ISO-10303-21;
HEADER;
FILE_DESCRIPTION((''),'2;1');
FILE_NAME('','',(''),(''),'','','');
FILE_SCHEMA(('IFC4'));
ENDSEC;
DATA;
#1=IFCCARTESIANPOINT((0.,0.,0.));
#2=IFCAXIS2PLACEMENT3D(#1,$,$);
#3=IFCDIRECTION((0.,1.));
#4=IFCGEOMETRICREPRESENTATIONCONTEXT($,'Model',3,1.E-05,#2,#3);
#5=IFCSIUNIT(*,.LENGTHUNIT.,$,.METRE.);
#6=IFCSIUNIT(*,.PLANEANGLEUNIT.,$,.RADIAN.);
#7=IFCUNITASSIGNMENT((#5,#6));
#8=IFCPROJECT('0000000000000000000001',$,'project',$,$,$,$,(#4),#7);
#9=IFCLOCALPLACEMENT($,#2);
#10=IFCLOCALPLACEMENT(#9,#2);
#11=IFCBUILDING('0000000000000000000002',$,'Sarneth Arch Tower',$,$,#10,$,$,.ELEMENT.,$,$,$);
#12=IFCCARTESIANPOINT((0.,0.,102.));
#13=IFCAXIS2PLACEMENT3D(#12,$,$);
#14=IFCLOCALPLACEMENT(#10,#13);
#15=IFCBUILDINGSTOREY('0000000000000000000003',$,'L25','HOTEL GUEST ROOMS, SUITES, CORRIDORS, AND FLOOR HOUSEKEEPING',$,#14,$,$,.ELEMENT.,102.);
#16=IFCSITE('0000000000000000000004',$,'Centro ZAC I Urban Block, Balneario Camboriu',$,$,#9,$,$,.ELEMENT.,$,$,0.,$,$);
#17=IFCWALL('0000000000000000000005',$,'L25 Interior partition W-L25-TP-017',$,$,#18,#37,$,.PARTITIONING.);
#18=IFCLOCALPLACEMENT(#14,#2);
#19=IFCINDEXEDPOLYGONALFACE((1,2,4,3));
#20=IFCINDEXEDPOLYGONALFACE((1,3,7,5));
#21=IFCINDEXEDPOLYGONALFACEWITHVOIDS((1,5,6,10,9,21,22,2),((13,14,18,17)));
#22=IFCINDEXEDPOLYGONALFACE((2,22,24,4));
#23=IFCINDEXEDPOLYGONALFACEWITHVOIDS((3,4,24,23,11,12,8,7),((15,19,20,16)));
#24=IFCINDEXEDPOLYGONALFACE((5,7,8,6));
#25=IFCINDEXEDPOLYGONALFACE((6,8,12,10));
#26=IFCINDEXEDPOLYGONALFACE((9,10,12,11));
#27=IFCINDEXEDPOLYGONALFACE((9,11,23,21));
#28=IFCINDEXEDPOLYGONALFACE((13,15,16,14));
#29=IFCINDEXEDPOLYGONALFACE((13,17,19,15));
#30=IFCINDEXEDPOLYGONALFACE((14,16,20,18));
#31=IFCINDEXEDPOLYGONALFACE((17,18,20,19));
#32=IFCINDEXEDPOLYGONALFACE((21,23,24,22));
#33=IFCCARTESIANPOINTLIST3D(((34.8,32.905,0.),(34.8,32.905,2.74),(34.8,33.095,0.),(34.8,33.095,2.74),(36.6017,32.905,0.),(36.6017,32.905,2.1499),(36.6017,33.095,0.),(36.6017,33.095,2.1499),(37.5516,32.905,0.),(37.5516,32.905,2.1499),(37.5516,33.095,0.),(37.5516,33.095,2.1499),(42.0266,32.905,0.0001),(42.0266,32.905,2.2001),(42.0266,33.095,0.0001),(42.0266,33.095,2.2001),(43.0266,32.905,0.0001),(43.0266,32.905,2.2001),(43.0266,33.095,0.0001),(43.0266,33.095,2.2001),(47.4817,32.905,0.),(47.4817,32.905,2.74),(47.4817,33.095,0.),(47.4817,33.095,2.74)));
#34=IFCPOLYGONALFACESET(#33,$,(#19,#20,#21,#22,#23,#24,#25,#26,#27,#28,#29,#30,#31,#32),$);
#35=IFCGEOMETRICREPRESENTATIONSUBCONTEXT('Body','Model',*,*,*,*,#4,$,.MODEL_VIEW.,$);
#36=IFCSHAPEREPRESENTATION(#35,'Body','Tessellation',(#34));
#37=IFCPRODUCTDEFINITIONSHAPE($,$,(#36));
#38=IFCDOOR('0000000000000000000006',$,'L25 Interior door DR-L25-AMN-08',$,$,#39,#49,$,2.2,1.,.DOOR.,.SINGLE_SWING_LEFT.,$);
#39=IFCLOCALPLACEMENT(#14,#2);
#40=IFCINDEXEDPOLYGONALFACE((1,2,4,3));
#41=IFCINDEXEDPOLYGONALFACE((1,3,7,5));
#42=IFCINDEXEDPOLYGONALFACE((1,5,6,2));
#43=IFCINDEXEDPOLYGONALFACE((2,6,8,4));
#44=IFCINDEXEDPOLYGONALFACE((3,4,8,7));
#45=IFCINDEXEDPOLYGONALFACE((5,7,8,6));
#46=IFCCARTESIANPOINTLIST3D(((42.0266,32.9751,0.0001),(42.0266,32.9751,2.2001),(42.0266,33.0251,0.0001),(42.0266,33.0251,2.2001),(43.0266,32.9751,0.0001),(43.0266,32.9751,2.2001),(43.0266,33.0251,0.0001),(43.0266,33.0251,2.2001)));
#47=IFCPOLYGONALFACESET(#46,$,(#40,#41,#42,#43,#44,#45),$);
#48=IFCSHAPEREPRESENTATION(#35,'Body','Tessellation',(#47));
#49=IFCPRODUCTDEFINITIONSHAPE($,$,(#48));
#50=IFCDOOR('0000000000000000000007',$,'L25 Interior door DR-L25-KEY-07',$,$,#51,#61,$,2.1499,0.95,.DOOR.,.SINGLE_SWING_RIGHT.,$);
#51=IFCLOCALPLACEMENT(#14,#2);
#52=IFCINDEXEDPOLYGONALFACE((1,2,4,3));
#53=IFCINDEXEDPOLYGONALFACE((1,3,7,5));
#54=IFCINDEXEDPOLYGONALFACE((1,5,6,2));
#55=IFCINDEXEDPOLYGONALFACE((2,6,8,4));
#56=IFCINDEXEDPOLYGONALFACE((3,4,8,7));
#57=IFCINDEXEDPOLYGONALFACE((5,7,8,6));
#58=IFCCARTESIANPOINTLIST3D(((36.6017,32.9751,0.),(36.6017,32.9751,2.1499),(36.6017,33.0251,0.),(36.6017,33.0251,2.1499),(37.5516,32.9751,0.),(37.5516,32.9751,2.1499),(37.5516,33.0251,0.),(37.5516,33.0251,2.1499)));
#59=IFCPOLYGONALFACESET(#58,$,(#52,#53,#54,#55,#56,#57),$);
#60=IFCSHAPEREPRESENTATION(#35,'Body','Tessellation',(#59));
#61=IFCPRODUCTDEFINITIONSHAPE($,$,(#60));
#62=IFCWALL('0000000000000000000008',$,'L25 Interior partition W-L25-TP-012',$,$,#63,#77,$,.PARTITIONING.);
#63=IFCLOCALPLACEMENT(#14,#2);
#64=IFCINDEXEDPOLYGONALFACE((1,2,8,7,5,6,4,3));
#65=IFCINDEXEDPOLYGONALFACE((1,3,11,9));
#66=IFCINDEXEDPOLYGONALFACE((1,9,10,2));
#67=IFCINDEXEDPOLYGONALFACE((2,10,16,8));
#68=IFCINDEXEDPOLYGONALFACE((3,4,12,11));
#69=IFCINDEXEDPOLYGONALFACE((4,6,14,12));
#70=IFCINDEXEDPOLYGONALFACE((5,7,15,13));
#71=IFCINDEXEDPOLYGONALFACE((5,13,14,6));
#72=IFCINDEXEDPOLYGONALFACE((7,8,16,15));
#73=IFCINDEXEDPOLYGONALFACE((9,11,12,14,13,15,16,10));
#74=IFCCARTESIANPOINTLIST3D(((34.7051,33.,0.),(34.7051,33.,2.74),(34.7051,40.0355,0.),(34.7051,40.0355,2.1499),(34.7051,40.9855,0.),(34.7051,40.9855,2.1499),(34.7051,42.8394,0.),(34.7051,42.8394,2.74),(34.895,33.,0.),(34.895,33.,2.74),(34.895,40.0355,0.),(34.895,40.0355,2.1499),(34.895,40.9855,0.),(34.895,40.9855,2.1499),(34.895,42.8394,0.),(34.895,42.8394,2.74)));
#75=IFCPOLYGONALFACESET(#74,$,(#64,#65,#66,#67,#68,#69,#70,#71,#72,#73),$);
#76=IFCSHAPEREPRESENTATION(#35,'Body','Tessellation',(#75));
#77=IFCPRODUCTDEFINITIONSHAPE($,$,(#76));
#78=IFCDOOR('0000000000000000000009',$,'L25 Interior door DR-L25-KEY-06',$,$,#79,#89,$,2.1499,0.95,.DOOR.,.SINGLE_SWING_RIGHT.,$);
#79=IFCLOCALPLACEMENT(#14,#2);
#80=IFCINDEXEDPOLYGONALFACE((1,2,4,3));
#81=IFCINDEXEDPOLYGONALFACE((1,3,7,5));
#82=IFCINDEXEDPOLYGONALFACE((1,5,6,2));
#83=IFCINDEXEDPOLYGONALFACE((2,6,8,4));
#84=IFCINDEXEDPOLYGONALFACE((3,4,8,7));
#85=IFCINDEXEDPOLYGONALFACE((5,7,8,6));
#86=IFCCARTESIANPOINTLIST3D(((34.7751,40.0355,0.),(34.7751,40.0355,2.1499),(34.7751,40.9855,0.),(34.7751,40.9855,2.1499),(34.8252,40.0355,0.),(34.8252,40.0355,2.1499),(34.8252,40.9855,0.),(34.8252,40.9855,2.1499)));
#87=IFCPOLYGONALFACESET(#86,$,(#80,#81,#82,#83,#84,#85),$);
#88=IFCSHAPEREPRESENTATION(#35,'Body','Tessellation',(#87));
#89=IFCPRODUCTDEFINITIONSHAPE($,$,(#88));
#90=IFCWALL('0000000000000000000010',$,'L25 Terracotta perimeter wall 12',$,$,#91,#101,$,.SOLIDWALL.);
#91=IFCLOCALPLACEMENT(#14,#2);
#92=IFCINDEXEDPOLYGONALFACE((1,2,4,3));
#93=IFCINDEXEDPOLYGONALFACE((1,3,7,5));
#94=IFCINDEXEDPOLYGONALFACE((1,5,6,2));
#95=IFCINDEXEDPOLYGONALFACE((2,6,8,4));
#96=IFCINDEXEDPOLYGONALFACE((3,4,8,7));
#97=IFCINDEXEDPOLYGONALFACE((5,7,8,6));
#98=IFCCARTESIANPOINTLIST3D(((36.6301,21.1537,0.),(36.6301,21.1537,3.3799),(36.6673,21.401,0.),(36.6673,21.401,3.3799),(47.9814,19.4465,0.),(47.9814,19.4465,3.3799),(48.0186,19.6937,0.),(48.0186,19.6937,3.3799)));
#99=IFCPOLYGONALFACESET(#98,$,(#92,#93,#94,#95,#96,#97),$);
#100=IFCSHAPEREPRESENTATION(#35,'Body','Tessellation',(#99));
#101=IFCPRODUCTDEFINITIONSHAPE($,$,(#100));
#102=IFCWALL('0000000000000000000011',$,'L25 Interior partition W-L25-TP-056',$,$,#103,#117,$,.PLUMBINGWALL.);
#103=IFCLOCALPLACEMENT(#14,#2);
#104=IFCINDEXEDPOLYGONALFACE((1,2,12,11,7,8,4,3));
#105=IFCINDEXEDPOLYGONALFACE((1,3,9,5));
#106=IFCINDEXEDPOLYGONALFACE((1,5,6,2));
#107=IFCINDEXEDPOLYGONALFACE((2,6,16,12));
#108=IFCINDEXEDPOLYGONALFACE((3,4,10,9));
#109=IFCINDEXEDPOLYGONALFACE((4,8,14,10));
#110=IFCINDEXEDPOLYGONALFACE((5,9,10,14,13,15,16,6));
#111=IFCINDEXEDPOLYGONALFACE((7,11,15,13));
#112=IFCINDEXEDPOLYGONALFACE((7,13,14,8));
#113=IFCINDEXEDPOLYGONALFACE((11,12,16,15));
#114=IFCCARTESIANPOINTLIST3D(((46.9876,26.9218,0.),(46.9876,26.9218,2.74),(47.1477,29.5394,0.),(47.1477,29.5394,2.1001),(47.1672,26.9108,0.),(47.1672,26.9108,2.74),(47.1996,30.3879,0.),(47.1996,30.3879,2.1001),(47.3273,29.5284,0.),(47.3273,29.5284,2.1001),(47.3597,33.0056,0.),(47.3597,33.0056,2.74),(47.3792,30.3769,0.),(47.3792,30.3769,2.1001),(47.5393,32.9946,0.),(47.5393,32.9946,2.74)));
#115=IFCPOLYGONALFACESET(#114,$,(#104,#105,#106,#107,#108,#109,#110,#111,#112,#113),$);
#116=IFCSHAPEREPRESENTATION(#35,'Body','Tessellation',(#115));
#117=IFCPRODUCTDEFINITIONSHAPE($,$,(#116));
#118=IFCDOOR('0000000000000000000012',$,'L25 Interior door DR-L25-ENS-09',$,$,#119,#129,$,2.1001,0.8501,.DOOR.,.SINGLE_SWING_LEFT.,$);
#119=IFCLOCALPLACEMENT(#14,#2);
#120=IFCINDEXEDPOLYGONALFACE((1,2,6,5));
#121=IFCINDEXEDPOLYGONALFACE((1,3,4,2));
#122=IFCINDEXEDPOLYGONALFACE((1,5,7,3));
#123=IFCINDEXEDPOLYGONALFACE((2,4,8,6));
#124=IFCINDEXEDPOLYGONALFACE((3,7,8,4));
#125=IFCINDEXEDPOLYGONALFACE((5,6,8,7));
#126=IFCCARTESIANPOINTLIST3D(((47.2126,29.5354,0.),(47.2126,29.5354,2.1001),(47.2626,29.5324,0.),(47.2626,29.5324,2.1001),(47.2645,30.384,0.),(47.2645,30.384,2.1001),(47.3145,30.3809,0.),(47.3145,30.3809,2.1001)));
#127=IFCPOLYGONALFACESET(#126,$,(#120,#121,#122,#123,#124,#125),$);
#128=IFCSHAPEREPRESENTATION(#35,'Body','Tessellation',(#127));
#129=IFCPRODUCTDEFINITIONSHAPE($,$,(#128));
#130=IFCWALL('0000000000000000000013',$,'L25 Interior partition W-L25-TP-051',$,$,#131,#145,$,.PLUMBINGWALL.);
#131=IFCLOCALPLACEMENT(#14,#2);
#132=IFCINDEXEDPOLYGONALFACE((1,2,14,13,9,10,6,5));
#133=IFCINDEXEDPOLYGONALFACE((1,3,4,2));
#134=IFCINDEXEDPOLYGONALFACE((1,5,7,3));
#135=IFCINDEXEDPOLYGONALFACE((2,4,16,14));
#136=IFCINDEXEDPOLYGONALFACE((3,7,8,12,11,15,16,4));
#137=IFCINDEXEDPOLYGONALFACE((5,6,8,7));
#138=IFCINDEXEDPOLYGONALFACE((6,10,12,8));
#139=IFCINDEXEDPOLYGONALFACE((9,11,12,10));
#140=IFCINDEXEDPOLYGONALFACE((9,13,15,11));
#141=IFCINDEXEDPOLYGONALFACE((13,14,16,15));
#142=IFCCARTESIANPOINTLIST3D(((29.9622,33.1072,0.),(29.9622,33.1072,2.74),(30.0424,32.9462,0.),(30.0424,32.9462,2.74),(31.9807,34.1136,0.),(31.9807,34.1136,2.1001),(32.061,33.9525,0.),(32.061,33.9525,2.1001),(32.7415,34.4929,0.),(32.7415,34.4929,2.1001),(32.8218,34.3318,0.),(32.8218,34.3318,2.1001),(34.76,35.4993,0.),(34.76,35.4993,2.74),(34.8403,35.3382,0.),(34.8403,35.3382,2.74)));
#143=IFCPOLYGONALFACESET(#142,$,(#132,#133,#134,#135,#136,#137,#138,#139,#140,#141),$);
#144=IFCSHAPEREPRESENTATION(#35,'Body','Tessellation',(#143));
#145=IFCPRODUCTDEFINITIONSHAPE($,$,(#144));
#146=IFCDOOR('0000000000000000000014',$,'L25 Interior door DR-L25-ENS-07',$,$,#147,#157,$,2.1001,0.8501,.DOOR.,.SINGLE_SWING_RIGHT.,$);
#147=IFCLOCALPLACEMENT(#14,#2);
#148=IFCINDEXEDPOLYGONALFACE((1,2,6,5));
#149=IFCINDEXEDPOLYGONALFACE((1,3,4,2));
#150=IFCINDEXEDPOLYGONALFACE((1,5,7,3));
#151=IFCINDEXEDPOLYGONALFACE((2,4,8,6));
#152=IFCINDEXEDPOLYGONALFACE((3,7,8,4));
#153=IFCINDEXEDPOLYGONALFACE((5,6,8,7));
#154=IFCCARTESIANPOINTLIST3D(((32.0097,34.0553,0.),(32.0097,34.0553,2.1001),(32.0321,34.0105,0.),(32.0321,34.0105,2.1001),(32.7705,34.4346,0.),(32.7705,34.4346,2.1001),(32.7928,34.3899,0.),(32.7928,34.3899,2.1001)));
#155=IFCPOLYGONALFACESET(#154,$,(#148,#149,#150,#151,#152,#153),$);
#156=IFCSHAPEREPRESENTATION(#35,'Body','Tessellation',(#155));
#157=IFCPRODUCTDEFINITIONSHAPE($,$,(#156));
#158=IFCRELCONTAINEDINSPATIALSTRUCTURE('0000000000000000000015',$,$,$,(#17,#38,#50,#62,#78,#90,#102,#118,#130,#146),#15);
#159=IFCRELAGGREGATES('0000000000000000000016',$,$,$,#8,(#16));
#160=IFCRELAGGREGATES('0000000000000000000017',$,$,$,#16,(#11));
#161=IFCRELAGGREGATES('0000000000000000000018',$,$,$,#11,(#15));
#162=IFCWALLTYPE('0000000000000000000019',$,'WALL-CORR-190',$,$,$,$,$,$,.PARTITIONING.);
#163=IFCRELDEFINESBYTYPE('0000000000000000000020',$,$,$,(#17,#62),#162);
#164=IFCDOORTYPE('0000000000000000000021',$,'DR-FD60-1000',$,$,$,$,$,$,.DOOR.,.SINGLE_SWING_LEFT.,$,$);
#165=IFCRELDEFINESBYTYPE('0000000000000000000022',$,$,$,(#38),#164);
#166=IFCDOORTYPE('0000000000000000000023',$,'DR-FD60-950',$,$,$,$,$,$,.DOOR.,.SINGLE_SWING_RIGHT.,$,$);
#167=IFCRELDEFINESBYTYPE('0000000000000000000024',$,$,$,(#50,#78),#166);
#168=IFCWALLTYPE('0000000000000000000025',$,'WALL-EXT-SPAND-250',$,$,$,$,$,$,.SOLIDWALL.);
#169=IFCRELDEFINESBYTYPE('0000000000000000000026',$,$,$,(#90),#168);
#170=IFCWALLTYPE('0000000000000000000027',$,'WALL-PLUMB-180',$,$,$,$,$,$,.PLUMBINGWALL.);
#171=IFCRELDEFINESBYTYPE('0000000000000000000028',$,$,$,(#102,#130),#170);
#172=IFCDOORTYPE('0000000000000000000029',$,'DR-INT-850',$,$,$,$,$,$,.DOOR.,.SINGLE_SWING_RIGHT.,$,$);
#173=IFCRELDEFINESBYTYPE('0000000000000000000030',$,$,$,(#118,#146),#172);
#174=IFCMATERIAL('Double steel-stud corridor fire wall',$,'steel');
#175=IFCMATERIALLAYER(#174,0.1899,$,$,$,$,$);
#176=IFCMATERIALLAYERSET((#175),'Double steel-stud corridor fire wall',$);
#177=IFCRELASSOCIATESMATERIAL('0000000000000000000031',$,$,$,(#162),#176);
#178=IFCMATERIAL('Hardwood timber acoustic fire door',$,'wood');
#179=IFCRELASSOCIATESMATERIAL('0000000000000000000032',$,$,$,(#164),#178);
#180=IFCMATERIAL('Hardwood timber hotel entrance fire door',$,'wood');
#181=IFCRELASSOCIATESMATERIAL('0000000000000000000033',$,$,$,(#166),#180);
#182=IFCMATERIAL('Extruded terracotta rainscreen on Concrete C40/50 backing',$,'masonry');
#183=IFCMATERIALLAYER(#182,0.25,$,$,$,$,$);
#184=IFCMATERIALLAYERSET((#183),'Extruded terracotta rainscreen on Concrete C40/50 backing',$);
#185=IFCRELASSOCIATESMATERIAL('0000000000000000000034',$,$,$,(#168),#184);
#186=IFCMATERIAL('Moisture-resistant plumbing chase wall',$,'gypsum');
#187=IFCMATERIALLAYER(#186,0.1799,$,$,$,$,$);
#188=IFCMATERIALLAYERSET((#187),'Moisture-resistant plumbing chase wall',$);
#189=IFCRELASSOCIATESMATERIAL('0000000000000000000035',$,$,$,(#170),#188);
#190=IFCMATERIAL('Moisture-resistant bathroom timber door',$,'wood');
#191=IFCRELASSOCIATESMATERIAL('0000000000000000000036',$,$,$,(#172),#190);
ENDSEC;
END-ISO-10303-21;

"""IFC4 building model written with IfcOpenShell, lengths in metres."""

from ifc_helpers import new_model, si_unit, direction, frame, frame_2d, origin, place, context, subcontext, project, spatial, rectangle, extrude, material, layer, layer_set, type_object, element, fill, save


model = new_model("IFC4")

# Units and contexts
model_context = context("Model", 3, precision=1e-05, world=origin(), true_north=direction((0.0, 1.0)))
body_context = subcontext(model_context, "Body", "Model", "MODEL_VIEW")
ifc_project = project(units=[si_unit("LENGTHUNIT", "METRE"), si_unit("PLANEANGLEUNIT", "RADIAN")], contexts=[model_context])

# Site, building, storey
site_placement = place(None, origin())
site = spatial("IfcSite", under=ifc_project, at=site_placement, Name="Centro ZAC I Urban Block, Balneario Camboriu", CompositionType="ELEMENT", RefElevation=0.0)
building_placement = place(site_placement, origin())
building = spatial("IfcBuilding", under=site, at=building_placement, Name="Sarneth Arch Tower", CompositionType="ELEMENT")
storey_placement = place(building_placement, frame((0.0, 0.0, 102.0)))
storey = spatial("IfcBuildingStorey", under=building, at=storey_placement, Name="L25", Description="HOTEL GUEST ROOMS, SUITES, CORRIDORS, AND FLOOR HOUSEKEEPING", CompositionType="ELEMENT", Elevation=102.0)

# Wall, openings, doors
ifc_material_1 = material(Name="Double steel-stud corridor fire wall", Category="steel")
ifc_layer_1 = layer(ifc_material_1, 0.1899)
ifc_layer_set_1 = layer_set([ifc_layer_1], Name="Double steel-stud corridor fire wall")
wall_type_1 = type_object("IfcWallType", Name="WALL-CORR-190", PredefinedType="PARTITIONING", material=ifc_layer_set_1)
wall_1_placement = place(storey_placement, frame((47.4817, 33.0, 0.0), z_axis=(0.0, 0.0, 1.0), x_axis=(-1.0, 0.0, 0.0)))
wall_1 = element("IfcWall", 1, at=wall_1_placement, inside=storey, type_object=wall_type_1, Name="L25 Interior partition W-L25-TP-017", PredefinedType="PARTITIONING", context=body_context, shape_type="SweptSolid", body=[
    extrude(rectangle(XDim=12.6816, YDim=0.1899, at=frame_2d((6.3408, 0.0))), origin(), (0.0, 0.0, 1.0), 2.74),
])
opening_1_placement = place(wall_1_placement, frame((4.4551, 0.0, 0.0)))
opening_1 = element("IfcOpeningElement", 2, at=opening_1_placement, cuts=wall_1, PredefinedType="OPENING", context=body_context, shape_type="SweptSolid", body=[
    extrude(rectangle(XDim=1.0, YDim=2.2, at=frame_2d((0.5, 1.1001))), frame((0.0, 0.105, 0.0), z_axis=(0.0, -1.0, 0.0), x_axis=(1.0, 0.0, 0.0)), (0.0, 0.0, 1.0), 0.21),
])
opening_2_placement = place(wall_1_placement, frame((9.9299, 0.0, 0.0)))
opening_2 = element("IfcOpeningElement", 3, at=opening_2_placement, cuts=wall_1, PredefinedType="OPENING", context=body_context, shape_type="SweptSolid", body=[
    extrude(rectangle(XDim=0.95, YDim=2.1499, at=frame_2d((0.4751, 1.075))), frame((0.0, 0.105, 0.0), z_axis=(0.0, -1.0, 0.0), x_axis=(1.0, 0.0, 0.0)), (0.0, 0.0, 1.0), 0.21),
])
ifc_material_2 = material(Name="Hardwood timber acoustic fire door", Category="wood")
door_type_1 = type_object("IfcDoorType", Name="DR-FD60-1000", OperationType="SINGLE_SWING_LEFT", PredefinedType="DOOR", material=ifc_material_2)
door_1_placement = place(opening_1_placement, origin())
door_1 = element("IfcDoor", 4, at=door_1_placement, inside=storey, type_object=door_type_1, Name="L25 Interior door DR-L25-AMN-08", OperationType="SINGLE_SWING_LEFT", OverallHeight=2.2, OverallWidth=1.0, PredefinedType="DOOR", context=body_context, shape_type="SweptSolid", body=[
    extrude(rectangle(XDim=1.0, YDim=2.2, at=frame_2d((0.5, 1.1001))), frame((0.0, 0.0249, 0.0), z_axis=(0.0, -1.0, 0.0), x_axis=(1.0, 0.0, 0.0)), (0.0, 0.0, 1.0), 0.05),
])
fill(opening_1, door_1)
ifc_material_3 = material(Name="Hardwood timber hotel entrance fire door", Category="wood")
door_type_2 = type_object("IfcDoorType", Name="DR-FD60-950", OperationType="SINGLE_SWING_RIGHT", PredefinedType="DOOR", material=ifc_material_3)
door_2_placement = place(opening_2_placement, origin())
door_2 = element("IfcDoor", 5, at=door_2_placement, inside=storey, type_object=door_type_2, Name="L25 Interior door DR-L25-KEY-07", OperationType="SINGLE_SWING_RIGHT", OverallHeight=2.1499, OverallWidth=0.95, PredefinedType="DOOR", context=body_context, shape_type="SweptSolid", body=[
    extrude(rectangle(XDim=0.95, YDim=2.1499, at=frame_2d((0.4751, 1.075))), frame((0.0, 0.0249, 0.0), z_axis=(0.0, -1.0, 0.0), x_axis=(1.0, 0.0, 0.0)), (0.0, 0.0, 1.0), 0.05),
])
fill(opening_2, door_2)

# Wall, opening, door
wall_2_placement = place(storey_placement, frame((34.8, 33.0, 0.0), z_axis=(0.0, 0.0, 1.0), x_axis=(0.0, 1.0, 0.0)))
wall_2 = element("IfcWall", 6, at=wall_2_placement, inside=storey, type_object=wall_type_1, Name="L25 Interior partition W-L25-TP-012", PredefinedType="PARTITIONING", context=body_context, shape_type="SweptSolid", body=[
    extrude(rectangle(XDim=9.8394, YDim=0.1899, at=frame_2d((4.9197, 0.0))), origin(), (0.0, 0.0, 1.0), 2.74),
])
opening_3_placement = place(wall_2_placement, frame((7.0354, 0.0, 0.0)))
opening_3 = element("IfcOpeningElement", 7, at=opening_3_placement, cuts=wall_2, PredefinedType="OPENING", context=body_context, shape_type="SweptSolid", body=[
    extrude(rectangle(XDim=0.95, YDim=2.1499, at=frame_2d((0.4751, 1.075))), frame((0.0, 0.105, 0.0), z_axis=(0.0, -1.0, 0.0), x_axis=(1.0, 0.0, 0.0)), (0.0, 0.0, 1.0), 0.21),
])
door_3_placement = place(opening_3_placement, origin())
door_3 = element("IfcDoor", 8, at=door_3_placement, inside=storey, type_object=door_type_2, Name="L25 Interior door DR-L25-KEY-06", OperationType="SINGLE_SWING_RIGHT", OverallHeight=2.1499, OverallWidth=0.95, PredefinedType="DOOR", context=body_context, shape_type="SweptSolid", body=[
    extrude(rectangle(XDim=0.95, YDim=2.1499, at=frame_2d((0.4751, 1.075))), frame((0.0, 0.0249, 0.0), z_axis=(0.0, -1.0, 0.0), x_axis=(1.0, 0.0, 0.0)), (0.0, 0.0, 1.0), 0.05),
])
fill(opening_3, door_3)

# Wall
ifc_material_4 = material(Name="Extruded terracotta rainscreen on Concrete C40/50 backing", Category="masonry")
ifc_layer_2 = layer(ifc_material_4, 0.25)
ifc_layer_set_2 = layer_set([ifc_layer_2], Name="Extruded terracotta rainscreen on Concrete C40/50 backing")
wall_type_2 = type_object("IfcWallType", Name="WALL-EXT-SPAND-250", PredefinedType="SOLIDWALL", material=ifc_layer_set_2)
wall_3_placement = place(storey_placement, frame((36.6487, 21.2773, 0.0), z_axis=(0.0, 0.0, 1.0), x_axis=(0.988878, -0.14873, 0.0)))
element("IfcWall", 9, at=wall_3_placement, inside=storey, type_object=wall_type_2, Name="L25 Terracotta perimeter wall 12", PredefinedType="SOLIDWALL", context=body_context, shape_type="SweptSolid", body=[
    extrude(rectangle(XDim=11.479, YDim=0.25, at=frame_2d((5.7395, 0.0))), origin(), (0.0, 0.0, 1.0), 3.3799),
])

# Walls, openings, doors
ifc_material_5 = material(Name="Moisture-resistant plumbing chase wall", Category="gypsum")
ifc_layer_3 = layer(ifc_material_5, 0.1799)
ifc_layer_set_3 = layer_set([ifc_layer_3], Name="Moisture-resistant plumbing chase wall")
wall_type_3 = type_object("IfcWallType", Name="WALL-PLUMB-180", PredefinedType="PLUMBINGWALL", material=ifc_layer_set_3)
wall_4_placement = place(storey_placement, frame((47.0774, 26.9163, 0.0), z_axis=(0.0, 0.0, 1.0), x_axis=(0.061044, 0.998135, 0.0)))
wall_4 = element("IfcWall", 10, at=wall_4_placement, inside=storey, type_object=wall_type_3, Name="L25 Interior partition W-L25-TP-056", PredefinedType="PLUMBINGWALL", context=body_context, shape_type="SweptSolid", body=[
    extrude(rectangle(XDim=6.0952, YDim=0.1799, at=frame_2d((3.0476, 0.0))), origin(), (0.0, 0.0, 1.0), 2.74),
])
opening_4_placement = place(wall_4_placement, frame((2.6226, 0.0, 0.0)))
opening_4 = element("IfcOpeningElement", 11, at=opening_4_placement, cuts=wall_4, PredefinedType="OPENING", context=body_context, shape_type="SweptSolid", body=[
    extrude(rectangle(XDim=0.8501, YDim=2.1001, at=frame_2d((0.425, 1.05))), frame((0.0, 0.0999, 0.0), z_axis=(0.0, -1.0, 0.0), x_axis=(1.0, 0.0, 0.0)), (0.0, 0.0, 1.0), 0.2),
])
ifc_material_6 = material(Name="Moisture-resistant bathroom timber door", Category="wood")
door_type_3 = type_object("IfcDoorType", Name="DR-INT-850", OperationType="SINGLE_SWING_RIGHT", PredefinedType="DOOR", material=ifc_material_6)
door_4_placement = place(opening_4_placement, origin())
door_4 = element("IfcDoor", 12, at=door_4_placement, inside=storey, type_object=door_type_3, Name="L25 Interior door DR-L25-ENS-09", OperationType="SINGLE_SWING_LEFT", OverallHeight=2.1001, OverallWidth=0.8501, PredefinedType="DOOR", context=body_context, shape_type="SweptSolid", body=[
    extrude(rectangle(XDim=0.8501, YDim=2.1001, at=frame_2d((0.425, 1.05))), frame((0.0, 0.0249, 0.0), z_axis=(0.0, -1.0, 0.0), x_axis=(1.0, 0.0, 0.0)), (0.0, 0.0, 1.0), 0.05),
])
fill(opening_4, door_4)
wall_5_placement = place(storey_placement, frame((30.0022, 33.0266, 0.0), z_axis=(0.0, 0.0, 1.0), x_axis=(0.894937, 0.446193, 0.0)))
wall_5 = element("IfcWall", 13, at=wall_5_placement, inside=storey, type_object=wall_type_3, Name="L25 Interior partition W-L25-TP-051", PredefinedType="PLUMBINGWALL", context=body_context, shape_type="SweptSolid", body=[
    extrude(rectangle(XDim=5.3611, YDim=0.1799, at=frame_2d((2.6807, 0.0))), origin(), (0.0, 0.0, 1.0), 2.74),
])
opening_5_placement = place(wall_5_placement, frame((2.2556, 0.0, 0.0)))
opening_5 = element("IfcOpeningElement", 14, at=opening_5_placement, cuts=wall_5, PredefinedType="OPENING", context=body_context, shape_type="SweptSolid", body=[
    extrude(rectangle(XDim=0.8501, YDim=2.1001, at=frame_2d((0.425, 1.05))), frame((0.0, 0.0999, 0.0), z_axis=(0.0, -1.0, 0.0), x_axis=(1.0, 0.0, 0.0)), (0.0, 0.0, 1.0), 0.2),
])
door_5_placement = place(opening_5_placement, origin())
door_5 = element("IfcDoor", 15, at=door_5_placement, inside=storey, type_object=door_type_3, Name="L25 Interior door DR-L25-ENS-07", OperationType="SINGLE_SWING_RIGHT", OverallHeight=2.1001, OverallWidth=0.8501, PredefinedType="DOOR", context=body_context, shape_type="SweptSolid", body=[
    extrude(rectangle(XDim=0.8501, YDim=2.1001, at=frame_2d((0.425, 1.05))), frame((0.0, 0.0249, 0.0), z_axis=(0.0, -1.0, 0.0), x_axis=(1.0, 0.0, 0.0)), (0.0, 0.0, 1.0), 0.05),
])
fill(opening_5, door_5)

save(model, "model.ifc")
